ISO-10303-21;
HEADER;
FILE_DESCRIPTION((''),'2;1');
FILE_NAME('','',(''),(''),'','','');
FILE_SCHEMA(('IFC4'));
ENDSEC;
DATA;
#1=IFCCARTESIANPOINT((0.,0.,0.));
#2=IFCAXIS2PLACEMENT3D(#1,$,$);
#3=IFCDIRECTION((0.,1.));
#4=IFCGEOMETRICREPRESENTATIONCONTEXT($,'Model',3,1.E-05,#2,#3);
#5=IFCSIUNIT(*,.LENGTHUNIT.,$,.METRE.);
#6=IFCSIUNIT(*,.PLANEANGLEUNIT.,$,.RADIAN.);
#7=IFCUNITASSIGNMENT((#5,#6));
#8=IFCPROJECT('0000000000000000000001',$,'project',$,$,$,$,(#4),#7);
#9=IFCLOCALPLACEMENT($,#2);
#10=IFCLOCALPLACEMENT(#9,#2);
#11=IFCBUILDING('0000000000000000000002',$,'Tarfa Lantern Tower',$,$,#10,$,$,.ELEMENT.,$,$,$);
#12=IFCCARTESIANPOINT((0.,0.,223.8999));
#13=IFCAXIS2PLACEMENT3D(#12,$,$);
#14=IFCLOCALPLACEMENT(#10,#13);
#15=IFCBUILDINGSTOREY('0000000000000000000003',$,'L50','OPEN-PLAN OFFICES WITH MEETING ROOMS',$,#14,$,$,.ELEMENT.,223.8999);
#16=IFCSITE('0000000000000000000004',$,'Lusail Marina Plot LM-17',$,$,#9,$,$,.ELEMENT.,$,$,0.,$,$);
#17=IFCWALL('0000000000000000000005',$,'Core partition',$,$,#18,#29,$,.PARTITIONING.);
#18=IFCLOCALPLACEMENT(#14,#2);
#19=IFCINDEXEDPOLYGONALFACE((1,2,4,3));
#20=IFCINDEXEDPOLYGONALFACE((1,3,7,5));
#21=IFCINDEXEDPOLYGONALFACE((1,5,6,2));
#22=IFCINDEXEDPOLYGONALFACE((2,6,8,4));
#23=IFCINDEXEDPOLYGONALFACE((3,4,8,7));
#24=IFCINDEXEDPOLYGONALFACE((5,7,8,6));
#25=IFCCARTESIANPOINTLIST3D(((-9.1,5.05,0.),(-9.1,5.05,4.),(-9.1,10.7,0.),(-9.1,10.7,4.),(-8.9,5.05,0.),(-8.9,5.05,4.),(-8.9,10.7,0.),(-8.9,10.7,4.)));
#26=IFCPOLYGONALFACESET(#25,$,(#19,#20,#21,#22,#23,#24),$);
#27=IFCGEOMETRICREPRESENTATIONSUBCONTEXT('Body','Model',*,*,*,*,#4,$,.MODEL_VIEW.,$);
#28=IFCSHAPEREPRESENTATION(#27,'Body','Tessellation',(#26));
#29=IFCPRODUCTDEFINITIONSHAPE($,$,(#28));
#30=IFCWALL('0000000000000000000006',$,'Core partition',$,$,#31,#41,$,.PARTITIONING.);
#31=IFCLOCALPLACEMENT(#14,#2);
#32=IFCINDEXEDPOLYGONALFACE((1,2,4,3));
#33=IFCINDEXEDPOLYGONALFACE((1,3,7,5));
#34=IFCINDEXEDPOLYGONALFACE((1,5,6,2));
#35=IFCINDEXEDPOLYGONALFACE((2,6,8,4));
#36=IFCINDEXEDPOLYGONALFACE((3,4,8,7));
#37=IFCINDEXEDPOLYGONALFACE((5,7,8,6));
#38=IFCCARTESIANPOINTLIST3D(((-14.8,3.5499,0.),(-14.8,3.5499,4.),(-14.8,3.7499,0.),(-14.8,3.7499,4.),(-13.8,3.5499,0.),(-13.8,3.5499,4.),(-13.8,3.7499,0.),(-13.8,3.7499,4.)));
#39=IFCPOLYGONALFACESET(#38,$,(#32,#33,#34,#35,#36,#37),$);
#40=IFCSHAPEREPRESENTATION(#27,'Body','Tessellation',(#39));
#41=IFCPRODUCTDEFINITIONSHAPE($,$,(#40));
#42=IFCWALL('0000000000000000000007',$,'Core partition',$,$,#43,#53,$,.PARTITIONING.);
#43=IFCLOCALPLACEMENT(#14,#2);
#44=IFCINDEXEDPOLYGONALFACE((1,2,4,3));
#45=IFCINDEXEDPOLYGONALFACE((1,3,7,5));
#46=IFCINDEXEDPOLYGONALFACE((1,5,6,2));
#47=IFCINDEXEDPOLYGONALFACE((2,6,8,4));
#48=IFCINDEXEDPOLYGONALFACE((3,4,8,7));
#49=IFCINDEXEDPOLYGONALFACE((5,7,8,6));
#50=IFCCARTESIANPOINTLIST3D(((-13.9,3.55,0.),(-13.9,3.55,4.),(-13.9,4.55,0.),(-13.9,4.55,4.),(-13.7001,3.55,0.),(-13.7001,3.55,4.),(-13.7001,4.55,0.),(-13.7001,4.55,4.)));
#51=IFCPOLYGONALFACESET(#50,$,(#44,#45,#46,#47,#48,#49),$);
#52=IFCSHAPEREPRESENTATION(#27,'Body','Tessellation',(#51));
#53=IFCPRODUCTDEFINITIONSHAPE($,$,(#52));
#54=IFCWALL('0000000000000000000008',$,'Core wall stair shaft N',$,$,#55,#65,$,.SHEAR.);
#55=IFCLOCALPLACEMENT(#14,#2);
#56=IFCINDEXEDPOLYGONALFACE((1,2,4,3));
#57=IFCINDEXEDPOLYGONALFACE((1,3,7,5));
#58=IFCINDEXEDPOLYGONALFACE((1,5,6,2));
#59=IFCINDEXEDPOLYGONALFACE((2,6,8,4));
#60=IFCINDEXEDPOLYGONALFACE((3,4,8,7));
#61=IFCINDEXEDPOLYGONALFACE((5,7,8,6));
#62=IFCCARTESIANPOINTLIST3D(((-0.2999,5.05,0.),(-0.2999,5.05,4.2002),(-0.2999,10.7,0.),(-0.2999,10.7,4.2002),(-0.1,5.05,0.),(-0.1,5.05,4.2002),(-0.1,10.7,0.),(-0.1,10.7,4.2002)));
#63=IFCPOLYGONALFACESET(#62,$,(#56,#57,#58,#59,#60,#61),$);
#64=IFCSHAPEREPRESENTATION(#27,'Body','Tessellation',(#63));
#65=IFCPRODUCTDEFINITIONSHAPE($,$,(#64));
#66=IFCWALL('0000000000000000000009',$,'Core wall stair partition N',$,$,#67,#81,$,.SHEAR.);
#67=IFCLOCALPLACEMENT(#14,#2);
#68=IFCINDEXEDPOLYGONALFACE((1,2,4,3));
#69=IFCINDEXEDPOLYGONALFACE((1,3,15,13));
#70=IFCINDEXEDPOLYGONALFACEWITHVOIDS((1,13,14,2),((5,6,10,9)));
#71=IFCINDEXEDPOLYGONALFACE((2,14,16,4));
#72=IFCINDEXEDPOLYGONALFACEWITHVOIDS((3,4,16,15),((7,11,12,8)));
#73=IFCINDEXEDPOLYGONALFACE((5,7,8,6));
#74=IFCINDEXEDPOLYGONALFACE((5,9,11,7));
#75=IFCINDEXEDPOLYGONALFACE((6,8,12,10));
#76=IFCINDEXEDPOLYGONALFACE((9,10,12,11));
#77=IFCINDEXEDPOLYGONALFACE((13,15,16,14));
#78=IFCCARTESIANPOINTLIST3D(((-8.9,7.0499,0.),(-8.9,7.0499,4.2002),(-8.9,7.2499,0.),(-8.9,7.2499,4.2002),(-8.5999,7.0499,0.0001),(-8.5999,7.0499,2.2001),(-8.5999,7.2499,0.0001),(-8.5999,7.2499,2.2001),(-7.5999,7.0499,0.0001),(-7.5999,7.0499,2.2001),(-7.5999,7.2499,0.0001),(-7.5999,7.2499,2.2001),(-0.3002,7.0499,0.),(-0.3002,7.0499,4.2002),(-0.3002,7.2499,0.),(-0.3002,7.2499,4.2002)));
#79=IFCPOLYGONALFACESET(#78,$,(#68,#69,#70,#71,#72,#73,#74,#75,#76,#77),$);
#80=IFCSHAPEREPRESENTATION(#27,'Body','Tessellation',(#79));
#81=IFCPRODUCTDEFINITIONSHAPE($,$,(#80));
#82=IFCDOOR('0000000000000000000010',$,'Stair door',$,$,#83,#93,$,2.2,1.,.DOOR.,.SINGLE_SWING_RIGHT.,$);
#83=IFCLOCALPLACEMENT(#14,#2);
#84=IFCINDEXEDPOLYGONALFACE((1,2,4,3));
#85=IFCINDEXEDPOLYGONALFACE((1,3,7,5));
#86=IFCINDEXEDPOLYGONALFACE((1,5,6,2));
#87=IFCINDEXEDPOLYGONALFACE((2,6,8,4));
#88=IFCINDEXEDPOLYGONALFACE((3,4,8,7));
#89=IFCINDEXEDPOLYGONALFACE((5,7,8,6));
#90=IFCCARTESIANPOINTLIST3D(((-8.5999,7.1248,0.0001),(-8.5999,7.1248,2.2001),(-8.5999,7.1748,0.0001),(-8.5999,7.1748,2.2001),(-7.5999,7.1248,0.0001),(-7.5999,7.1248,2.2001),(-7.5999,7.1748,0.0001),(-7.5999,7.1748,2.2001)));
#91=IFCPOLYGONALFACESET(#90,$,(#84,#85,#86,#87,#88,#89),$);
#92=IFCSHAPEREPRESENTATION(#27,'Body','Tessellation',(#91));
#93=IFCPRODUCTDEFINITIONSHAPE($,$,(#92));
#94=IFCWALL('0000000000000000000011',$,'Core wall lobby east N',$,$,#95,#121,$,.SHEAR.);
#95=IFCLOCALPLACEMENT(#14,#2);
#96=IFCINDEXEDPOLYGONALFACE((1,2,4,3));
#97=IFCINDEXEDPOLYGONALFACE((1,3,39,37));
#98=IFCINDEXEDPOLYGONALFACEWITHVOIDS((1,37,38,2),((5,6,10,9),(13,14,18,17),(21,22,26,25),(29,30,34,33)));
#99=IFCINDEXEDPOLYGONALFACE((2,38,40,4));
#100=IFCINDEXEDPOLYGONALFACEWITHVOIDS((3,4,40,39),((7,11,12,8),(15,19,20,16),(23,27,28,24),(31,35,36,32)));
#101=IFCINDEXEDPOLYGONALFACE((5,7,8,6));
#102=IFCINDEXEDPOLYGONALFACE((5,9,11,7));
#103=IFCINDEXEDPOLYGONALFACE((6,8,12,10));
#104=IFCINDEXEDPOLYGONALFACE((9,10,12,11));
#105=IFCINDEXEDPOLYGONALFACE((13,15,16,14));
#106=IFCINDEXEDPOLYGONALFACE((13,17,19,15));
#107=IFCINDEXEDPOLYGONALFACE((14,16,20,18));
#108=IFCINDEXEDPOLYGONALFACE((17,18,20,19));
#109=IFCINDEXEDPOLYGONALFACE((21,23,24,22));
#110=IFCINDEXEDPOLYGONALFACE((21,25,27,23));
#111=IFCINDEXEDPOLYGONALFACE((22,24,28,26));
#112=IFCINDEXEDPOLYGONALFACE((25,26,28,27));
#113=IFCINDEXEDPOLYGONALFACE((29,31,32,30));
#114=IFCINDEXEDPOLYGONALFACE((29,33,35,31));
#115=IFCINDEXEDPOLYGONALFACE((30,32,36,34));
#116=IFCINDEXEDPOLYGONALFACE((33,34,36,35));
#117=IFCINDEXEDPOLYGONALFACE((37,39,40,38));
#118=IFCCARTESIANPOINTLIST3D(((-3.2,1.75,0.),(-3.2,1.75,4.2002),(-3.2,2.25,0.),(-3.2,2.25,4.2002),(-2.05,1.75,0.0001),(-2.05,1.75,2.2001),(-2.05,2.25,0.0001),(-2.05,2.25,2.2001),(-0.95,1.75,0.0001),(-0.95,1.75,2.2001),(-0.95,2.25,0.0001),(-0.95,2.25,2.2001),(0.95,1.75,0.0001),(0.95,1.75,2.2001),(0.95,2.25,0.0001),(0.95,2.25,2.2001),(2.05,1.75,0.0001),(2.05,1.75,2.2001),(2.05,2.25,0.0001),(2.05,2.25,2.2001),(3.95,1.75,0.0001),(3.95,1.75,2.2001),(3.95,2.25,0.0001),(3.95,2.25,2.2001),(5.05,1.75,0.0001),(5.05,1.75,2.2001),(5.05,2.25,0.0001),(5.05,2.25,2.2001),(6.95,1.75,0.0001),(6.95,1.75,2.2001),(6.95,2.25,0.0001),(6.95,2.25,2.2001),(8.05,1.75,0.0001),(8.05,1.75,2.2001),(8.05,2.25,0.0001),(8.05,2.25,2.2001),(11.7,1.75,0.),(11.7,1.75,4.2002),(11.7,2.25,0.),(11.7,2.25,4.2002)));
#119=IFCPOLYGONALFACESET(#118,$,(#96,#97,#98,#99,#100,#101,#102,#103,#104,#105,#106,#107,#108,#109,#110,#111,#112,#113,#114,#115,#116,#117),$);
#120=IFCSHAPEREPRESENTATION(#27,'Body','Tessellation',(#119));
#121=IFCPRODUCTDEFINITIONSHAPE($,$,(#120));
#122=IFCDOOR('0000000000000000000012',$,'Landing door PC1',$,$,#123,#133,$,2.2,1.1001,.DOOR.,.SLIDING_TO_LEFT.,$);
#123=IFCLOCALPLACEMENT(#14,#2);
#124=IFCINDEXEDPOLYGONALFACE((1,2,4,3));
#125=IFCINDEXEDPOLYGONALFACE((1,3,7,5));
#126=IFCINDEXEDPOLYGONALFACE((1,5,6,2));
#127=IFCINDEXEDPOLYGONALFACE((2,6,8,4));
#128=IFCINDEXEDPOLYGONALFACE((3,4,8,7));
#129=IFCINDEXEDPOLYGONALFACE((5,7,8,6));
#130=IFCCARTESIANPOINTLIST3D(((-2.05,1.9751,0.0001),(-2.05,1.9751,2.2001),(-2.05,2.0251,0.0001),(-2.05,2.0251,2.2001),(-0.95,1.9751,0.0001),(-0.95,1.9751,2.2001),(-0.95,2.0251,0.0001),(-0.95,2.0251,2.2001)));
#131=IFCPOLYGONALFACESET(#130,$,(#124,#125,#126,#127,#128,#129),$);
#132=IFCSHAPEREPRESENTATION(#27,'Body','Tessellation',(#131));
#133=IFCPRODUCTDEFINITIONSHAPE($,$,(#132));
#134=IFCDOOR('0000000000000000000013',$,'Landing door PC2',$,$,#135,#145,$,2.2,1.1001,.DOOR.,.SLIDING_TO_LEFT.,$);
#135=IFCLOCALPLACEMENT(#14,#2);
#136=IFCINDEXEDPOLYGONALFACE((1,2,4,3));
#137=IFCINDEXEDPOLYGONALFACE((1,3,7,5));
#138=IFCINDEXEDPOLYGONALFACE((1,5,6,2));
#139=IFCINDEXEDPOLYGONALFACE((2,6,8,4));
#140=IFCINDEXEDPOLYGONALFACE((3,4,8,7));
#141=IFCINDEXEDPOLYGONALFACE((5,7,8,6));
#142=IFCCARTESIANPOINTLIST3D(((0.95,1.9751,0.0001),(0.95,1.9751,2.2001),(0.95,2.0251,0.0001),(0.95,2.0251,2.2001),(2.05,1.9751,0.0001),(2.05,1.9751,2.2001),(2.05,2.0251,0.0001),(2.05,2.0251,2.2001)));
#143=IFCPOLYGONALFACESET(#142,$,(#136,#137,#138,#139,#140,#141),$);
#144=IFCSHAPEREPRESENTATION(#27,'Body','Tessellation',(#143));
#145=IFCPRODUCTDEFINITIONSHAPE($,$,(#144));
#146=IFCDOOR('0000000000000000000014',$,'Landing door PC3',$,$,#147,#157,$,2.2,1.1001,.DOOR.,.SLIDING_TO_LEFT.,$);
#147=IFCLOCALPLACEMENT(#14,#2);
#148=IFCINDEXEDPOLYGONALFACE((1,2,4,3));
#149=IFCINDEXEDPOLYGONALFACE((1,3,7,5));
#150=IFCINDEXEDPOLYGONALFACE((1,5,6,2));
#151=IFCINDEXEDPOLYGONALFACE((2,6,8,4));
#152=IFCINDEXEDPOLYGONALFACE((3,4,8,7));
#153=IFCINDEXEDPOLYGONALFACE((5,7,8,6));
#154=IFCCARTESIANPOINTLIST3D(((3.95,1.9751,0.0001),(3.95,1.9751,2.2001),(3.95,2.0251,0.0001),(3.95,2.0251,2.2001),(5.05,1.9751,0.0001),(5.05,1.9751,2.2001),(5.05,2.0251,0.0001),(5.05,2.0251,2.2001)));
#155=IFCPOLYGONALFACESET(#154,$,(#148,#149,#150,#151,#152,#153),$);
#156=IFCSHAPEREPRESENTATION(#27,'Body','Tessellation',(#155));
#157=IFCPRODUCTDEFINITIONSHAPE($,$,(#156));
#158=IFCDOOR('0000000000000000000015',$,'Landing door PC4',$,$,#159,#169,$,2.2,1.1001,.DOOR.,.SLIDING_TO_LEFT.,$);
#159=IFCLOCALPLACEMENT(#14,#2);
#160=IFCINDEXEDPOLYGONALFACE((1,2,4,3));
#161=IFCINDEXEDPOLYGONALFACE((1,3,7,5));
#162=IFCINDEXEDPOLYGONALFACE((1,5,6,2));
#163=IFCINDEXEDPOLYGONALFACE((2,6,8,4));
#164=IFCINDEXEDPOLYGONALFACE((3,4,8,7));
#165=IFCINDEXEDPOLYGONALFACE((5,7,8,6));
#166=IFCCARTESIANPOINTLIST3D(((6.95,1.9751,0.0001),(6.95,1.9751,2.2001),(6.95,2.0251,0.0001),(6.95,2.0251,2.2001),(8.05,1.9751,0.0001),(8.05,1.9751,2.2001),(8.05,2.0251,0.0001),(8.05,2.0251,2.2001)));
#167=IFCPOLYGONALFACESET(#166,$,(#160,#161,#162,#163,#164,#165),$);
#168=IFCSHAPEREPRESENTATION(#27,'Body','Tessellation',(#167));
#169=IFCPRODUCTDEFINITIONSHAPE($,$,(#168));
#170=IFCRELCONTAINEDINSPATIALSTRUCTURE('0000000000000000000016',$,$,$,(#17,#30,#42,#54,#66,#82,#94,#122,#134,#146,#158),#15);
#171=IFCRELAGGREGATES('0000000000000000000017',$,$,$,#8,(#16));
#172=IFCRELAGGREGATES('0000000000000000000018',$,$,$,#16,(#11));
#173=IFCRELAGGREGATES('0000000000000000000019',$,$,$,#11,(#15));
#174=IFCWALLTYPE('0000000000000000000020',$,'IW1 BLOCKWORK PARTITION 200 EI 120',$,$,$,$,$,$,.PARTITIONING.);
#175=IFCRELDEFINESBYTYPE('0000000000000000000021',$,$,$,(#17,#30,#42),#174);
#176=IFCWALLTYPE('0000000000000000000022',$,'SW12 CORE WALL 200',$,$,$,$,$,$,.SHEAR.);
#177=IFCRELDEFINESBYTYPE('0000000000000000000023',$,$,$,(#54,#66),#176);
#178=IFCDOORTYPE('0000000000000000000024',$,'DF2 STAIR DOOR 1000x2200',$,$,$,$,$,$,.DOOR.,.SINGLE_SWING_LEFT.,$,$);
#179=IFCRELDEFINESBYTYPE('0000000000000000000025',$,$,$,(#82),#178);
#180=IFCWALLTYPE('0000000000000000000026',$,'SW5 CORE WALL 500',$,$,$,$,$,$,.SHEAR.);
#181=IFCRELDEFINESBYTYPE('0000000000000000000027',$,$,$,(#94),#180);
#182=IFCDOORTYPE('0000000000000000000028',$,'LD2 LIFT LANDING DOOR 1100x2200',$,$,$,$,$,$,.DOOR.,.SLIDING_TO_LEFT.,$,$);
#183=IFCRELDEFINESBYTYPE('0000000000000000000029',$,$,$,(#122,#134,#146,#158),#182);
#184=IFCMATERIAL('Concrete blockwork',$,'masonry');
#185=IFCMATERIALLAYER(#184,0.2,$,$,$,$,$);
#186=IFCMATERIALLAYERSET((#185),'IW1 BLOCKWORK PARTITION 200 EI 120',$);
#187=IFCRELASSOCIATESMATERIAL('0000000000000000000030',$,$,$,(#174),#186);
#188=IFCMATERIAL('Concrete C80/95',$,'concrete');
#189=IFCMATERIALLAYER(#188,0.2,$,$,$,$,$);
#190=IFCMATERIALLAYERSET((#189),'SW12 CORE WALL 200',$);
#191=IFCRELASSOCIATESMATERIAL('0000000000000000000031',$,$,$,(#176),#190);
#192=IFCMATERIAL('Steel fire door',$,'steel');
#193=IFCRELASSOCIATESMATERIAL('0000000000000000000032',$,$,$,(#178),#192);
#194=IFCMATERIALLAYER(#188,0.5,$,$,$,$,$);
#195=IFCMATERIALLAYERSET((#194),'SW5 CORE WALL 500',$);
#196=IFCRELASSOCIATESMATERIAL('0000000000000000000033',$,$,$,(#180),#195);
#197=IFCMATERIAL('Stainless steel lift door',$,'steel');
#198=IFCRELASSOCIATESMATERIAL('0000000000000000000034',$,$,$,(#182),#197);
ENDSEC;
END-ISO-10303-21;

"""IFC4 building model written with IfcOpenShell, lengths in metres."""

from ifc_helpers import new_model, si_unit, direction, frame, frame_2d, origin, place, context, subcontext, project, spatial, rectangle, extrude, material, layer, layer_set, type_object, element, fill, save


model = new_model("IFC4")

# Units and contexts
model_context = context("Model", 3, precision=1e-05, world=origin(), true_north=direction((0.0, 1.0)))
body_context = subcontext(model_context, "Body", "Model", "MODEL_VIEW")
ifc_project = project(units=[si_unit("LENGTHUNIT", "METRE"), si_unit("PLANEANGLEUNIT", "RADIAN")], contexts=[model_context])

# Site, building, storey
site_placement = place(None, origin())
site = spatial("IfcSite", under=ifc_project, at=site_placement, Name="Lusail Marina Plot LM-17", CompositionType="ELEMENT", RefElevation=0.0)
building_placement = place(site_placement, origin())
building = spatial("IfcBuilding", under=site, at=building_placement, Name="Tarfa Lantern Tower", CompositionType="ELEMENT")
storey_placement = place(building_placement, frame((0.0, 0.0, 223.8999)))
storey = spatial("IfcBuildingStorey", under=building, at=storey_placement, Name="L50", Description="OPEN-PLAN OFFICES WITH MEETING ROOMS", CompositionType="ELEMENT", Elevation=223.8999)

# Walls
ifc_material_1 = material(Name="Concrete blockwork", Category="masonry")
ifc_layer_1 = layer(ifc_material_1, 0.2)
ifc_layer_set_1 = layer_set([ifc_layer_1], Name="IW1 BLOCKWORK PARTITION 200 EI 120")
wall_type_1 = type_object("IfcWallType", Name="IW1 BLOCKWORK PARTITION 200 EI 120", PredefinedType="PARTITIONING", material=ifc_layer_set_1)
wall_1_placement = place(storey_placement, frame((-9.0, 5.05, 0.0), z_axis=(0.0, 0.0, 1.0), x_axis=(0.0, 1.0, 0.0)))
element("IfcWall", 1, at=wall_1_placement, inside=storey, type_object=wall_type_1, Name="Core partition", PredefinedType="PARTITIONING", context=body_context, shape_type="SweptSolid", body=[
    extrude(rectangle(XDim=5.6499, YDim=0.2, at=frame_2d((2.825, 0.0))), origin(), (0.0, 0.0, 1.0), 4.0),
])
for number, where, z_axis, x_axis, name in (
    (2, (-14.8, 3.6499, 0.0), (0.0, 0.0, 1.0), (1.0, 0.0, 0.0), "Core partition"),
    (3, (-13.8, 3.55, 0.0), (0.0, 0.0, 1.0), (0.0, 1.0, 0.0), "Core partition"),
):
    element("IfcWall", number, at=place(storey_placement, frame(where, z_axis=z_axis, x_axis=x_axis)), inside=storey, type_object=wall_type_1, Name=name, PredefinedType="PARTITIONING", context=body_context, shape_type="SweptSolid", body=[
        extrude(rectangle(XDim=1.0, YDim=0.2, at=frame_2d((0.5, 0.0))), origin(), (0.0, 0.0, 1.0), 4.0),
    ])
ifc_material_2 = material(Name="Concrete C80/95", Category="concrete")
ifc_layer_2 = layer(ifc_material_2, 0.2)
ifc_layer_set_2 = layer_set([ifc_layer_2], Name="SW12 CORE WALL 200")
wall_type_2 = type_object("IfcWallType", Name="SW12 CORE WALL 200", PredefinedType="SHEAR", material=ifc_layer_set_2)
wall_2_placement = place(storey_placement, frame((-0.2, 5.05, 0.0), z_axis=(0.0, 0.0, 1.0), x_axis=(0.0, 1.0, 0.0)))
element("IfcWall", 4, at=wall_2_placement, inside=storey, type_object=wall_type_2, Name="Core wall stair shaft N", PredefinedType="SHEAR", context=body_context, shape_type="SweptSolid", body=[
    extrude(rectangle(XDim=5.6499, YDim=0.2, at=frame_2d((2.825, 0.0))), origin(), (0.0, 0.0, 1.0), 4.2002),
])

# Wall, opening, door
wall_3_placement = place(storey_placement, frame((-8.8999, 7.1499, 0.0), z_axis=(0.0, 0.0, 1.0), x_axis=(1.0, 0.0, 0.0)))
wall_3 = element("IfcWall", 5, at=wall_3_placement, inside=storey, type_object=wall_type_2, Name="Core wall stair partition N", PredefinedType="SHEAR", context=body_context, shape_type="SweptSolid", body=[
    extrude(rectangle(XDim=8.5999, YDim=0.2, at=frame_2d((4.2998, 0.0))), origin(), (0.0, 0.0, 1.0), 4.2002),
])
opening_1_placement = place(wall_3_placement, frame((0.3, 0.0, 0.0)))
opening_1 = element("IfcOpeningElement", 6, at=opening_1_placement, cuts=wall_3, PredefinedType="OPENING", context=body_context, shape_type="SweptSolid", body=[
    extrude(rectangle(XDim=1.0, YDim=2.2, at=frame_2d((0.5, 1.1001))), frame((0.0, 0.1099, 0.0), z_axis=(0.0, -1.0, 0.0), x_axis=(1.0, 0.0, 0.0)), (0.0, 0.0, 1.0), 0.22),
])
ifc_material_3 = material(Name="Steel fire door", Category="steel")
door_type_1 = type_object("IfcDoorType", Name="DF2 STAIR DOOR 1000x2200", OperationType="SINGLE_SWING_LEFT", PredefinedType="DOOR", material=ifc_material_3)
door_1_placement = place(opening_1_placement, origin())
door_1 = element("IfcDoor", 7, at=door_1_placement, inside=storey, type_object=door_type_1, Name="Stair door", OperationType="SINGLE_SWING_RIGHT", OverallHeight=2.2, OverallWidth=1.0, PredefinedType="DOOR", context=body_context, shape_type="SweptSolid", body=[
    extrude(rectangle(XDim=1.0, YDim=2.2, at=frame_2d((0.5, 1.1001))), frame((0.0, 0.0249, 0.0), z_axis=(0.0, -1.0, 0.0), x_axis=(1.0, 0.0, 0.0)), (0.0, 0.0, 1.0), 0.05),
])
fill(opening_1, door_1)

# Wall, openings, doors
ifc_layer_3 = layer(ifc_material_2, 0.5)
ifc_layer_set_3 = layer_set([ifc_layer_3], Name="SW5 CORE WALL 500")
wall_type_3 = type_object("IfcWallType", Name="SW5 CORE WALL 500", PredefinedType="SHEAR", material=ifc_layer_set_3)
wall_4_placement = place(storey_placement, frame((-3.2, 2.0, 0.0), z_axis=(0.0, 0.0, 1.0), x_axis=(1.0, 0.0, 0.0)))
wall_4 = element("IfcWall", 8, at=wall_4_placement, inside=storey, type_object=wall_type_3, Name="Core wall lobby east N", PredefinedType="SHEAR", context=body_context, shape_type="SweptSolid", body=[
    extrude(rectangle(XDim=14.8999, YDim=0.5, at=frame_2d((7.45, 0.0))), origin(), (0.0, 0.0, 1.0), 4.2002),
])
opening_2_placement = place(wall_4_placement, frame((1.1499, 0.0, 0.0)))
opening_2 = element("IfcOpeningElement", 9, at=opening_2_placement, cuts=wall_4, PredefinedType="OPENING", context=body_context, shape_type="SweptSolid", body=[
    extrude(rectangle(XDim=1.1001, YDim=2.2, at=frame_2d((0.55, 1.1001))), frame((0.0, 0.26, 0.0), z_axis=(0.0, -1.0, 0.0), x_axis=(1.0, 0.0, 0.0)), (0.0, 0.0, 1.0), 0.52),
])
opening_3_placement = place(wall_4_placement, frame((4.1499, 0.0, 0.0)))
opening_3 = element("IfcOpeningElement", 10, at=opening_3_placement, cuts=wall_4, PredefinedType="OPENING", context=body_context, shape_type="SweptSolid", body=[
    extrude(rectangle(XDim=1.1001, YDim=2.2, at=frame_2d((0.55, 1.1001))), frame((0.0, 0.26, 0.0), z_axis=(0.0, -1.0, 0.0), x_axis=(1.0, 0.0, 0.0)), (0.0, 0.0, 1.0), 0.52),
])
opening_4_placement = place(wall_4_placement, frame((7.1499, 0.0, 0.0)))
opening_4 = element("IfcOpeningElement", 11, at=opening_4_placement, cuts=wall_4, PredefinedType="OPENING", context=body_context, shape_type="SweptSolid", body=[
    extrude(rectangle(XDim=1.1001, YDim=2.2, at=frame_2d((0.55, 1.1001))), frame((0.0, 0.26, 0.0), z_axis=(0.0, -1.0, 0.0), x_axis=(1.0, 0.0, 0.0)), (0.0, 0.0, 1.0), 0.52),
])
opening_5_placement = place(wall_4_placement, frame((10.1499, 0.0, 0.0)))
opening_5 = element("IfcOpeningElement", 12, at=opening_5_placement, cuts=wall_4, PredefinedType="OPENING", context=body_context, shape_type="SweptSolid", body=[
    extrude(rectangle(XDim=1.1001, YDim=2.2, at=frame_2d((0.55, 1.1001))), frame((0.0, 0.26, 0.0), z_axis=(0.0, -1.0, 0.0), x_axis=(1.0, 0.0, 0.0)), (0.0, 0.0, 1.0), 0.52),
])
ifc_material_4 = material(Name="Stainless steel lift door", Category="steel")
door_type_2 = type_object("IfcDoorType", Name="LD2 LIFT LANDING DOOR 1100x2200", OperationType="SLIDING_TO_LEFT", PredefinedType="DOOR", material=ifc_material_4)
door_2_placement = place(opening_2_placement, frame((1.1001, 0.0, 0.0), z_axis=(0.0, 0.0, 1.0), x_axis=(-1.0, 0.0, 0.0)))
door_2 = element("IfcDoor", 13, at=door_2_placement, inside=storey, type_object=door_type_2, Name="Landing door PC1", OperationType="SLIDING_TO_LEFT", OverallHeight=2.2, OverallWidth=1.1001, PredefinedType="DOOR", context=body_context, shape_type="SweptSolid", body=[
    extrude(rectangle(XDim=1.1001, YDim=2.2, at=frame_2d((0.55, 1.1001))), frame((0.0, 0.0249, 0.0), z_axis=(0.0, -1.0, 0.0), x_axis=(1.0, 0.0, 0.0)), (0.0, 0.0, 1.0), 0.05),
])
fill(opening_2, door_2)
door_3_placement = place(opening_3_placement, frame((1.1001, 0.0, 0.0), z_axis=(0.0, 0.0, 1.0), x_axis=(-1.0, 0.0, 0.0)))
door_3 = element("IfcDoor", 14, at=door_3_placement, inside=storey, type_object=door_type_2, Name="Landing door PC2", OperationType="SLIDING_TO_LEFT", OverallHeight=2.2, OverallWidth=1.1001, PredefinedType="DOOR", context=body_context, shape_type="SweptSolid", body=[
    extrude(rectangle(XDim=1.1001, YDim=2.2, at=frame_2d((0.55, 1.1001))), frame((0.0, 0.0249, 0.0), z_axis=(0.0, -1.0, 0.0), x_axis=(1.0, 0.0, 0.0)), (0.0, 0.0, 1.0), 0.05),
])
fill(opening_3, door_3)
door_4_placement = place(opening_4_placement, frame((1.1001, 0.0, 0.0), z_axis=(0.0, 0.0, 1.0), x_axis=(-1.0, 0.0, 0.0)))
door_4 = element("IfcDoor", 15, at=door_4_placement, inside=storey, type_object=door_type_2, Name="Landing door PC3", OperationType="SLIDING_TO_LEFT", OverallHeight=2.2, OverallWidth=1.1001, PredefinedType="DOOR", context=body_context, shape_type="SweptSolid", body=[
    extrude(rectangle(XDim=1.1001, YDim=2.2, at=frame_2d((0.55, 1.1001))), frame((0.0, 0.0249, 0.0), z_axis=(0.0, -1.0, 0.0), x_axis=(1.0, 0.0, 0.0)), (0.0, 0.0, 1.0), 0.05),
])
fill(opening_4, door_4)
door_5_placement = place(opening_5_placement, frame((1.1001, 0.0, 0.0), z_axis=(0.0, 0.0, 1.0), x_axis=(-1.0, 0.0, 0.0)))
door_5 = element("IfcDoor", 16, at=door_5_placement, inside=storey, type_object=door_type_2, Name="Landing door PC4", OperationType="SLIDING_TO_LEFT", OverallHeight=2.2, OverallWidth=1.1001, PredefinedType="DOOR", context=body_context, shape_type="SweptSolid", body=[
    extrude(rectangle(XDim=1.1001, YDim=2.2, at=frame_2d((0.55, 1.1001))), frame((0.0, 0.0249, 0.0), z_axis=(0.0, -1.0, 0.0), x_axis=(1.0, 0.0, 0.0)), (0.0, 0.0, 1.0), 0.05),
])
fill(opening_5, door_5)

save(model, "model.ifc")
